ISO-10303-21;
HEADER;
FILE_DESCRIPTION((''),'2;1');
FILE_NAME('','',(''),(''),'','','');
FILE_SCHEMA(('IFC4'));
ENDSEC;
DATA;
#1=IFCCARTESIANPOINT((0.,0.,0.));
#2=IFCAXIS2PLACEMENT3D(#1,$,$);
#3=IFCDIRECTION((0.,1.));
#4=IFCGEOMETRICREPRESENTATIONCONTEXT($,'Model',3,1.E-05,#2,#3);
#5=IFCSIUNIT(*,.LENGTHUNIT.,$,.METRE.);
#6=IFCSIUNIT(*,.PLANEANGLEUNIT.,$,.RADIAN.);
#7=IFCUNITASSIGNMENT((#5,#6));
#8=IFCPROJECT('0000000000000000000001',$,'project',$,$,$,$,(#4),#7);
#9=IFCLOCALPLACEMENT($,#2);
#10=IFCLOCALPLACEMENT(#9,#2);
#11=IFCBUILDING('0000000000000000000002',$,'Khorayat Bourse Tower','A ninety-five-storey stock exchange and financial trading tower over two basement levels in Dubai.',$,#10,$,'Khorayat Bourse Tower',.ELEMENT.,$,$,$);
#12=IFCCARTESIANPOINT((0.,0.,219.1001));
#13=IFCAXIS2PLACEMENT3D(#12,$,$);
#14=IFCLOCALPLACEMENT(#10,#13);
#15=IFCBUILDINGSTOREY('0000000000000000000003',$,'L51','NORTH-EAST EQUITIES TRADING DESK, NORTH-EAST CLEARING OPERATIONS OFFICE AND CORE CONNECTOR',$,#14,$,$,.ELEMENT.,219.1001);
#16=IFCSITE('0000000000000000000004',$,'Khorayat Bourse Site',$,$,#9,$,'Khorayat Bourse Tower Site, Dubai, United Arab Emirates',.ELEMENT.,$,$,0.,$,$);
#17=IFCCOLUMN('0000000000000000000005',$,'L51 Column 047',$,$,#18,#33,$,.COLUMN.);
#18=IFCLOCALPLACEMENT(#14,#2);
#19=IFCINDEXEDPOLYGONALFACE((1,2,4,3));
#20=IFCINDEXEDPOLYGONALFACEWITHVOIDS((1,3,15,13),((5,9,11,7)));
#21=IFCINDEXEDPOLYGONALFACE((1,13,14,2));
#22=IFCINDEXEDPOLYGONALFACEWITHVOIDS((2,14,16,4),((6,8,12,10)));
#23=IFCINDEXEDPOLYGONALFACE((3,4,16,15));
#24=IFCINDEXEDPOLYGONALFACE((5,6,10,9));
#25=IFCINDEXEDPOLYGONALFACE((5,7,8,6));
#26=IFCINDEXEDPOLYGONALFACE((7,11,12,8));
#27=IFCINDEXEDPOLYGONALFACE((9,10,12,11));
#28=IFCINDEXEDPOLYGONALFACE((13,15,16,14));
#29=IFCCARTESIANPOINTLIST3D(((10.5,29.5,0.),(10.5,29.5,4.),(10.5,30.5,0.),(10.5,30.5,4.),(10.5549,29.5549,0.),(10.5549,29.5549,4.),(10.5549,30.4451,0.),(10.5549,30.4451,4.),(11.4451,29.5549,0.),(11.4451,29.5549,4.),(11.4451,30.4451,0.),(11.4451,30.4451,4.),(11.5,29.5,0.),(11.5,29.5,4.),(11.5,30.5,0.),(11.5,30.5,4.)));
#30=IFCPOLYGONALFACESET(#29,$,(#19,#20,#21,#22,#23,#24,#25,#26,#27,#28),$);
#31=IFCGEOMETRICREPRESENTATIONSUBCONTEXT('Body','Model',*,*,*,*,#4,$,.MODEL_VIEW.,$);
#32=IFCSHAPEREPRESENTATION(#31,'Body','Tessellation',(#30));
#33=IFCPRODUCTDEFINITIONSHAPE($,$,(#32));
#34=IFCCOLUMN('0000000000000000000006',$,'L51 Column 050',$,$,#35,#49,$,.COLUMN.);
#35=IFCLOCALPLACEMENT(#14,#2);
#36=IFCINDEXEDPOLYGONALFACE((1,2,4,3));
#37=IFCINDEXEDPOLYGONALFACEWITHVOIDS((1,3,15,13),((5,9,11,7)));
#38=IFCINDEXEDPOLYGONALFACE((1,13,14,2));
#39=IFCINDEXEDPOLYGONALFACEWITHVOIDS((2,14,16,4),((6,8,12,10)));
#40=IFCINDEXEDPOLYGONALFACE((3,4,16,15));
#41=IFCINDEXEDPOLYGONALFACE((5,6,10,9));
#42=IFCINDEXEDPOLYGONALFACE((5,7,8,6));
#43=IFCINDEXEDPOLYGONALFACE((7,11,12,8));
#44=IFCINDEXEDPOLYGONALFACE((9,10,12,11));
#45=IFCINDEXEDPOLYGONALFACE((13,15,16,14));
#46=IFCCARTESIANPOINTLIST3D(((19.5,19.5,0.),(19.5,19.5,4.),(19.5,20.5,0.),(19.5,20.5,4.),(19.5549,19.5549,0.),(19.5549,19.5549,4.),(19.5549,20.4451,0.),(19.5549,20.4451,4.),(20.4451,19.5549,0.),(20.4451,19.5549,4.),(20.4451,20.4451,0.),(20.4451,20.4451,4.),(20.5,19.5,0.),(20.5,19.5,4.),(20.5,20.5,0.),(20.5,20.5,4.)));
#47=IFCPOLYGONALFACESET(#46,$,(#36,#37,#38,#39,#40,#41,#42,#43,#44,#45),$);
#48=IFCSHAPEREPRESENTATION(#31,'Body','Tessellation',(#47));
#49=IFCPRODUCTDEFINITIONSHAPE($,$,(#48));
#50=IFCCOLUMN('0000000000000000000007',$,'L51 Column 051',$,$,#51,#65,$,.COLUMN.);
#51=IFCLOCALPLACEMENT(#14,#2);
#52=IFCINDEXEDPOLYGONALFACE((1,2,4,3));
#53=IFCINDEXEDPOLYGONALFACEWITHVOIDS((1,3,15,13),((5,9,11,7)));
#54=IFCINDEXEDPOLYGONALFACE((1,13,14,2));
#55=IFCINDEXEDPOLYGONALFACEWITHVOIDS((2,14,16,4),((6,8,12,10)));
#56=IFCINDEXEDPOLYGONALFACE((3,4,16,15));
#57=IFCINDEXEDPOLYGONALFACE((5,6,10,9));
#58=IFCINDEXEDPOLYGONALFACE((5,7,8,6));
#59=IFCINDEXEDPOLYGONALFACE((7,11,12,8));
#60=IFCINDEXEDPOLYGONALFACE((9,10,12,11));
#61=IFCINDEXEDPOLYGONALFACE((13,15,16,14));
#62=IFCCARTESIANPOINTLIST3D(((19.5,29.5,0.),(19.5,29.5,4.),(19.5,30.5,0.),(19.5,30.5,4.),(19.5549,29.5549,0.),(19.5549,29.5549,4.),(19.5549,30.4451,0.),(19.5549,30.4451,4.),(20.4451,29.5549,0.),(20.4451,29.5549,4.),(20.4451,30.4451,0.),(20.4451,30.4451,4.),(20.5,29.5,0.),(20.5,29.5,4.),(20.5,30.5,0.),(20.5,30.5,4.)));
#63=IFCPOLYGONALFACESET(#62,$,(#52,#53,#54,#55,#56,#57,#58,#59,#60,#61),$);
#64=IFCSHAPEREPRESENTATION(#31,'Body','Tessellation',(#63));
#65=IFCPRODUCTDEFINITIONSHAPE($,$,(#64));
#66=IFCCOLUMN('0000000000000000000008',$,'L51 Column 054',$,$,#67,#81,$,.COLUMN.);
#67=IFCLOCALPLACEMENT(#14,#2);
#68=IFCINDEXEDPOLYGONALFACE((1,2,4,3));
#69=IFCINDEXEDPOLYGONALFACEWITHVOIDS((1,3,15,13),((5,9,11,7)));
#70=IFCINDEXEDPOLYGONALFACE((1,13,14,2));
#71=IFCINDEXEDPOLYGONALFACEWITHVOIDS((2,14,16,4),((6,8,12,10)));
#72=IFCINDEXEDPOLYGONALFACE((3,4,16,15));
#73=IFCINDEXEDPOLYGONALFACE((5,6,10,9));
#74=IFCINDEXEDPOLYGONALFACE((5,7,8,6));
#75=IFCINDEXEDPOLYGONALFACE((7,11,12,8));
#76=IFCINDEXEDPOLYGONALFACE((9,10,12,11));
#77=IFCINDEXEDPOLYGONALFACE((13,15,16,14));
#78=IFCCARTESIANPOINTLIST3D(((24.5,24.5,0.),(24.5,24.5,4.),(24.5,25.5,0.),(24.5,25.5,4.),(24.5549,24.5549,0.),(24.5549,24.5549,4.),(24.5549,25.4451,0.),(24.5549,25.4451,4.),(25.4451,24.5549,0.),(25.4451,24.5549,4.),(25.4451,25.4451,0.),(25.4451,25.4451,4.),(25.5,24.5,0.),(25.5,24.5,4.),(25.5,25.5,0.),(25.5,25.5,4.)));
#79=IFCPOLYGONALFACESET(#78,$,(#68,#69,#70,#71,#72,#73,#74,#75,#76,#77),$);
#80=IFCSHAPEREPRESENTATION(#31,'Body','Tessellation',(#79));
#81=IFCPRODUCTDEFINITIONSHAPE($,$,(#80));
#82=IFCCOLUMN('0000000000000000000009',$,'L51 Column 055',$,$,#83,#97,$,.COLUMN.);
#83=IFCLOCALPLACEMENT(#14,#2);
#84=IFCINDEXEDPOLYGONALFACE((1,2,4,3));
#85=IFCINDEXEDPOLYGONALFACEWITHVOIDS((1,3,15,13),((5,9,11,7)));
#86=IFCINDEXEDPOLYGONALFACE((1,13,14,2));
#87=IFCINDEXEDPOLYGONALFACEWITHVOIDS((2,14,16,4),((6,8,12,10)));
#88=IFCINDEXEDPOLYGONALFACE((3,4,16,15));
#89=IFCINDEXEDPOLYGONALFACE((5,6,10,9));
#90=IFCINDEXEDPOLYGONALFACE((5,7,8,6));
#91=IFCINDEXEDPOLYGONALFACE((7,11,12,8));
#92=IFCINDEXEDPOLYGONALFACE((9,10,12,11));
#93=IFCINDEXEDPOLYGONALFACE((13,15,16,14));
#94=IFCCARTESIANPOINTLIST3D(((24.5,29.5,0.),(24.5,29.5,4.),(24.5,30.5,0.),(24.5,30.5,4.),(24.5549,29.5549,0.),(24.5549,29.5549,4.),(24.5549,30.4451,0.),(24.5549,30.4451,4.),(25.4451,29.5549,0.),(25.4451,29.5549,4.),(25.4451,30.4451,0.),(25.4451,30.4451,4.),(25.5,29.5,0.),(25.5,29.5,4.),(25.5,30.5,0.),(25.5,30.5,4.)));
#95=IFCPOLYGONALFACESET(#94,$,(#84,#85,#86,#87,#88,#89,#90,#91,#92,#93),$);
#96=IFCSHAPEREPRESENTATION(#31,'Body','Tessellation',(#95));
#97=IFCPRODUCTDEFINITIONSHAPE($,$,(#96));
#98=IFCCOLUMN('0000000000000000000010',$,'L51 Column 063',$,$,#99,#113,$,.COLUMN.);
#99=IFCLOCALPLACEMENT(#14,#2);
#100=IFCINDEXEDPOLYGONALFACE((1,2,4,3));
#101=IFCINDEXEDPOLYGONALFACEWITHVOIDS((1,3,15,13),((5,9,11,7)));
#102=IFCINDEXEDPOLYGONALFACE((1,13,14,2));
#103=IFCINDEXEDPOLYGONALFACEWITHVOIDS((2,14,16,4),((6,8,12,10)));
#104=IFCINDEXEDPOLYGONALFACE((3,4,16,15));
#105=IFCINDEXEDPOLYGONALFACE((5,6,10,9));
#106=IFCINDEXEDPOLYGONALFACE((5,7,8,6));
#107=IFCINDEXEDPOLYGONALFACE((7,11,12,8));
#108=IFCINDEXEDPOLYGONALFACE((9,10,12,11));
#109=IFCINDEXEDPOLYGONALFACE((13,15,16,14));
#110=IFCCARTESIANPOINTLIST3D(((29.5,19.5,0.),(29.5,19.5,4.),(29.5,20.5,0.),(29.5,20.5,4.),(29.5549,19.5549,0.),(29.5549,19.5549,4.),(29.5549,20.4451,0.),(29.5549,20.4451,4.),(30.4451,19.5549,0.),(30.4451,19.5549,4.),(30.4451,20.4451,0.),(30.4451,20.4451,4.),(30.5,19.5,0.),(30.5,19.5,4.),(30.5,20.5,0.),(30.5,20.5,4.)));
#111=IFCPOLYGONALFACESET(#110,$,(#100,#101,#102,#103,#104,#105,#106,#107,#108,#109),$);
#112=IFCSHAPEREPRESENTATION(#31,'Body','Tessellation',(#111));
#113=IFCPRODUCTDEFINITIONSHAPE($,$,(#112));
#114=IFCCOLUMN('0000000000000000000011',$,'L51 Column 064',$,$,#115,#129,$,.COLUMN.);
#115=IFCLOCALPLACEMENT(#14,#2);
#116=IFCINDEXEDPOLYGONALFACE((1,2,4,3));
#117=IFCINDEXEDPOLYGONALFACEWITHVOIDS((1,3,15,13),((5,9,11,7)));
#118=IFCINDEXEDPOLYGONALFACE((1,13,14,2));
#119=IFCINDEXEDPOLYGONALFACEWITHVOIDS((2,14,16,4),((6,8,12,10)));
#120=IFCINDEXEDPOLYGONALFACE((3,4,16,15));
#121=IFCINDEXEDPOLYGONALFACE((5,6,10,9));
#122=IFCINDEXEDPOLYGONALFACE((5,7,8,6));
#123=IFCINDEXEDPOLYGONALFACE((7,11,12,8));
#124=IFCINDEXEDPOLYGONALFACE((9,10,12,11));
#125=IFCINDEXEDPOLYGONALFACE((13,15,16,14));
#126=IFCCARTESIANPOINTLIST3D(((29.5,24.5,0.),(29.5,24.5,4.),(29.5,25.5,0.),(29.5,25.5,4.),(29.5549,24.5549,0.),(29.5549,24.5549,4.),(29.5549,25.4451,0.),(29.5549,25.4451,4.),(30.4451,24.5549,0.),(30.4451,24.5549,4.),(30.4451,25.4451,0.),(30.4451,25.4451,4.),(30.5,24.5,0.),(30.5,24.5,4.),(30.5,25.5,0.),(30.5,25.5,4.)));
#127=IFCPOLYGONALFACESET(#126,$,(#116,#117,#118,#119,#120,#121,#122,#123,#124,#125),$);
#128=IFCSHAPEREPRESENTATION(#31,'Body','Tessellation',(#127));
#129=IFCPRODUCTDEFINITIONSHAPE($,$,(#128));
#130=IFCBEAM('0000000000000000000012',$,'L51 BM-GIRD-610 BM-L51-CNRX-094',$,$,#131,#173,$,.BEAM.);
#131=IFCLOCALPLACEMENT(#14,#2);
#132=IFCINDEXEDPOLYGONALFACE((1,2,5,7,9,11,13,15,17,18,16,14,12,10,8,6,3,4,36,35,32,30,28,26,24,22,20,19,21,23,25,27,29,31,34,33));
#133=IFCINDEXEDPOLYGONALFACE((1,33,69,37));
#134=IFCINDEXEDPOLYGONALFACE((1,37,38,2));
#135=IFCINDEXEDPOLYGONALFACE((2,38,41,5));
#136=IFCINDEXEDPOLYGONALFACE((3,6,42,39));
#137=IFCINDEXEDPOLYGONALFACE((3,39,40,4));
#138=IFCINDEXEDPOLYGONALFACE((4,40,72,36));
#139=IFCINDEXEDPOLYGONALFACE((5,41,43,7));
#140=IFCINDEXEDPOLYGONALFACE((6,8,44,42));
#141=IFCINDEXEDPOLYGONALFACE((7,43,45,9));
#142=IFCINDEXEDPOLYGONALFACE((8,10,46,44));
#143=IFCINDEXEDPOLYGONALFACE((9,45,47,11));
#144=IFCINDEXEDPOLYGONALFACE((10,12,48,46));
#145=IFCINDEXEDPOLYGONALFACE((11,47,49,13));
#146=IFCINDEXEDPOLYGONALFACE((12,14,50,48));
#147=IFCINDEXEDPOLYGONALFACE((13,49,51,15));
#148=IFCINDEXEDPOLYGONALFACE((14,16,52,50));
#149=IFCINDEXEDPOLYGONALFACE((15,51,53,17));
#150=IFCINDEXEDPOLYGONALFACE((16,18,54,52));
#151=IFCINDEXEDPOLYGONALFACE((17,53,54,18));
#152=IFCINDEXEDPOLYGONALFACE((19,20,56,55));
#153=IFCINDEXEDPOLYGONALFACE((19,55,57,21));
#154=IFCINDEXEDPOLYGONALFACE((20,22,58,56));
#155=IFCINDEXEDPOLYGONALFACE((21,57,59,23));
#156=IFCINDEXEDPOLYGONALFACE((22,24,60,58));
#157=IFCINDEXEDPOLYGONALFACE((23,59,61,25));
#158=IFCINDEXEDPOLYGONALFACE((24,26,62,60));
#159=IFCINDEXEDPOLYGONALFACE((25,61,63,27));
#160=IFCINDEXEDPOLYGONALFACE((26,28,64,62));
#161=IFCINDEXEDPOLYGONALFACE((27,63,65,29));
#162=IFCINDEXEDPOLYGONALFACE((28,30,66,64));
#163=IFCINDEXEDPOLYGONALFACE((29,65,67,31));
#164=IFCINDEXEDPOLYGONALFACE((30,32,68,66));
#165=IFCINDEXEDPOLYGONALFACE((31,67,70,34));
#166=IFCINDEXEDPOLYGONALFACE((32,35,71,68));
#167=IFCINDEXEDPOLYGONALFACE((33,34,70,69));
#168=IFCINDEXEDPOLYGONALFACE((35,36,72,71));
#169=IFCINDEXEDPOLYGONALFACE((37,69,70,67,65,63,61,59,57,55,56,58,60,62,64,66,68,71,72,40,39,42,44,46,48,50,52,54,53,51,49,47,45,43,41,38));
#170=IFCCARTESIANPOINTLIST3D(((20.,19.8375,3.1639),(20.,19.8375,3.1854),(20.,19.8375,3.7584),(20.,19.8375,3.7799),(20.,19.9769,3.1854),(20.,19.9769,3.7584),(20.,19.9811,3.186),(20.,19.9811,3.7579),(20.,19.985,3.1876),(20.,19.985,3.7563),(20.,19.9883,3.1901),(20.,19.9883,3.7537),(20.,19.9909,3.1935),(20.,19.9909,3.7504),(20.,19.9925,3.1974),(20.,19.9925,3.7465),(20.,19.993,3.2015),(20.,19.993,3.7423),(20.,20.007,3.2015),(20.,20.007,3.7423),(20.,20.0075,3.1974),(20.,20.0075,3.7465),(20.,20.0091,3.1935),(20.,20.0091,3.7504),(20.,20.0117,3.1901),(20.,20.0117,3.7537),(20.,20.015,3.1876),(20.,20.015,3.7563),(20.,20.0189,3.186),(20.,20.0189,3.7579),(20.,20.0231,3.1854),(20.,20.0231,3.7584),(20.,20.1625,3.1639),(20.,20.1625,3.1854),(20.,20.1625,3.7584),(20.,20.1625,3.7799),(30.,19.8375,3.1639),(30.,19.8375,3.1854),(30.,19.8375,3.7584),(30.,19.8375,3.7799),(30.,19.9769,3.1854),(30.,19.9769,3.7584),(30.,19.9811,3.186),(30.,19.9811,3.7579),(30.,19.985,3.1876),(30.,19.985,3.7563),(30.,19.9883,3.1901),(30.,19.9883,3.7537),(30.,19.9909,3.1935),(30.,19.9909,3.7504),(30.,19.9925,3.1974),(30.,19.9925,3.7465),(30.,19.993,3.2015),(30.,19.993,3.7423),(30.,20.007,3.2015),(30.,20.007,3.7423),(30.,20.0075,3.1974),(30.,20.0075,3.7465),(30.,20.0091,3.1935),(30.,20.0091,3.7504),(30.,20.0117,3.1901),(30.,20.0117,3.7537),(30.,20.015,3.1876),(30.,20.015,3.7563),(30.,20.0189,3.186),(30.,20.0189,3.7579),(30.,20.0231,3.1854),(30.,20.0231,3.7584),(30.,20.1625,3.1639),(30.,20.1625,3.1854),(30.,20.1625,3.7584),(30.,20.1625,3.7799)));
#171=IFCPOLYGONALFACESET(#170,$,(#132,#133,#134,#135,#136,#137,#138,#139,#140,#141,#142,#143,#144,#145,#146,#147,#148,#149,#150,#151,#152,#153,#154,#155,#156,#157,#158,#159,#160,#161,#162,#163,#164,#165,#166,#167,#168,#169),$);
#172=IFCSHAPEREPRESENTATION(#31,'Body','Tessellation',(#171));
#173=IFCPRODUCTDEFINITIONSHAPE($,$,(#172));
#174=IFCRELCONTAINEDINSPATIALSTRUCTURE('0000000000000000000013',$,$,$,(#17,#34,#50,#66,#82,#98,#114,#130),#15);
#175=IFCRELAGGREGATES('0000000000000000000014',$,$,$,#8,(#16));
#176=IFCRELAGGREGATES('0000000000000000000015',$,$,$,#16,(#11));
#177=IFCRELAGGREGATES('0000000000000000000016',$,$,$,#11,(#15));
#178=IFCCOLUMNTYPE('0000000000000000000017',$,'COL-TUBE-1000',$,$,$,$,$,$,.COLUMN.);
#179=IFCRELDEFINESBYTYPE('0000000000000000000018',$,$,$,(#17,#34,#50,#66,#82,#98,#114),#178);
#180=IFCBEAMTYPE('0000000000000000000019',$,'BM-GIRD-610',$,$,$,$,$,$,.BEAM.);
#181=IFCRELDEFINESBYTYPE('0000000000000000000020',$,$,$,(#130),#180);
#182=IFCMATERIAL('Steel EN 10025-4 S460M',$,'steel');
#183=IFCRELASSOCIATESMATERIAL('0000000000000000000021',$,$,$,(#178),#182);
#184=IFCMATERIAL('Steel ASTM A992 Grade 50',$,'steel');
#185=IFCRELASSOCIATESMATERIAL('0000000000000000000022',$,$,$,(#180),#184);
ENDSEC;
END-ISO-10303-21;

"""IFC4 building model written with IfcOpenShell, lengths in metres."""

from ifc_helpers import new_model, si_unit, direction, frame, origin, origin_2d, place, context, subcontext, project, spatial, hollow_rectangle, i_section, extrude, source, transform, mapped, material, material_profile, profile_set, type_object, element, save


model = new_model("IFC4")

# Units and contexts
model_context = context("Model", 3, precision=1e-05, world=origin(), true_north=direction((0.0, 1.0)))
body_context = subcontext(model_context, "Body", "Model", "MODEL_VIEW")
ifc_project = project(units=[si_unit("LENGTHUNIT", "METRE"), si_unit("PLANEANGLEUNIT", "RADIAN")], contexts=[model_context])

# Site, building, storey
site_placement = place(None, origin())
site = spatial("IfcSite", under=ifc_project, at=site_placement, Name="Khorayat Bourse Site", LongName="Khorayat Bourse Tower Site, Dubai, United Arab Emirates", CompositionType="ELEMENT", RefElevation=0.0)
building_placement = place(site_placement, origin())
building = spatial("IfcBuilding", under=site, at=building_placement, Name="Khorayat Bourse Tower", Description="A ninety-five-storey stock exchange and financial trading tower over two basement levels in Dubai.", LongName="Khorayat Bourse Tower", CompositionType="ELEMENT")
storey_placement = place(building_placement, frame((0.0, 0.0, 219.1001)))
storey = spatial("IfcBuildingStorey", under=building, at=storey_placement, Name="L51", Description="NORTH-EAST EQUITIES TRADING DESK, NORTH-EAST CLEARING OPERATIONS OFFICE AND CORE CONNECTOR", CompositionType="ELEMENT", Elevation=219.1001)

# Columns
ifc_material_1 = material(Name="Steel EN 10025-4 S460M", Category="steel")
ifc_material_profile_1 = material_profile(ifc_material_1, hollow_rectangle(XDim=1.0, YDim=1.0, WallThickness=0.0549, at=origin_2d()), Name="BOX 1000x1000x55")
ifc_profile_set_1 = profile_set([ifc_material_profile_1], Name="Steel EN 10025-4 S460M")
column_type = type_object("IfcColumnType", Name="COL-TUBE-1000", PredefinedType="COLUMN", material=ifc_profile_set_1)
shared_shape_1 = source(origin(), body_context, "Body", "SweptSolid", [
    extrude(hollow_rectangle(XDim=1.0, YDim=1.0, WallThickness=0.0549, at=origin_2d()), origin(), (0.0, 0.0, 1.0), 4.0),
])
for number, where, z_axis, x_axis, name in (
    (1, (11.0, 30.0, 0.0), (0.0, 0.0, 1.0), (1.0, 0.0, 0.0), "L51 Column 047"),
    (2, (20.0, 20.0, 0.0), (0.0, 0.0, 1.0), (1.0, 0.0, 0.0), "L51 Column 050"),
    (3, (20.0, 30.0, 0.0), (0.0, 0.0, 1.0), (1.0, 0.0, 0.0), "L51 Column 051"),
    (4, (25.0, 25.0, 0.0), (0.0, 0.0, 1.0), (1.0, 0.0, 0.0), "L51 Column 054"),
    (5, (25.0, 30.0, 0.0), (0.0, 0.0, 1.0), (1.0, 0.0, 0.0), "L51 Column 055"),
    (6, (30.0, 20.0, 0.0), (0.0, 0.0, 1.0), (1.0, 0.0, 0.0), "L51 Column 063"),
    (7, (30.0, 25.0, 0.0), (0.0, 0.0, 1.0), (1.0, 0.0, 0.0), "L51 Column 064"),
):
    element("IfcColumn", number, at=place(storey_placement, frame(where, z_axis=z_axis, x_axis=x_axis)), inside=storey, type_object=column_type, Name=name, PredefinedType="COLUMN", context=body_context, shape_type="MappedRepresentation", body=[
        mapped(shared_shape_1, transform((0.0, 0.0, 0.0), scale=1.0)),
    ])

# Beam
ifc_material_2 = material(Name="Steel ASTM A992 Grade 50", Category="steel")
ifc_material_profile_2 = material_profile(ifc_material_2, i_section(OverallWidth=0.325, OverallDepth=0.616, WebThickness=0.0139, FlangeThickness=0.0215, FilletRadius=0.0161, at=origin_2d()), Name="W610X174")
ifc_profile_set_2 = profile_set([ifc_material_profile_2], Name="Steel ASTM A992 Grade 50")
beam_type_1 = type_object("IfcBeamType", Name="BM-GIRD-610", PredefinedType="BEAM", material=ifc_profile_set_2)
shared_shape_2 = source(origin(), body_context, "Body", "SweptSolid", [
    extrude(i_section(OverallWidth=0.325, OverallDepth=0.616, WebThickness=0.0139, FlangeThickness=0.0215, FilletRadius=0.0161, at=origin_2d()), origin(), (0.0, 0.0, 1.0), 10.0),
])
beam_1_placement = place(storey_placement, frame((20.0, 20.0, 3.4719), z_axis=(1.0, 0.0, 0.0), x_axis=(0.0, 1.0, 0.0)))
element("IfcBeam", 8, at=beam_1_placement, inside=storey, type_object=beam_type_1, Name="L51 BM-GIRD-610 BM-L51-CNRX-094", PredefinedType="BEAM", context=body_context, shape_type="MappedRepresentation", body=[
    mapped(shared_shape_2, transform((0.0, 0.0, 0.0), scale=1.0)),
])

save(model, "model.ifc")
